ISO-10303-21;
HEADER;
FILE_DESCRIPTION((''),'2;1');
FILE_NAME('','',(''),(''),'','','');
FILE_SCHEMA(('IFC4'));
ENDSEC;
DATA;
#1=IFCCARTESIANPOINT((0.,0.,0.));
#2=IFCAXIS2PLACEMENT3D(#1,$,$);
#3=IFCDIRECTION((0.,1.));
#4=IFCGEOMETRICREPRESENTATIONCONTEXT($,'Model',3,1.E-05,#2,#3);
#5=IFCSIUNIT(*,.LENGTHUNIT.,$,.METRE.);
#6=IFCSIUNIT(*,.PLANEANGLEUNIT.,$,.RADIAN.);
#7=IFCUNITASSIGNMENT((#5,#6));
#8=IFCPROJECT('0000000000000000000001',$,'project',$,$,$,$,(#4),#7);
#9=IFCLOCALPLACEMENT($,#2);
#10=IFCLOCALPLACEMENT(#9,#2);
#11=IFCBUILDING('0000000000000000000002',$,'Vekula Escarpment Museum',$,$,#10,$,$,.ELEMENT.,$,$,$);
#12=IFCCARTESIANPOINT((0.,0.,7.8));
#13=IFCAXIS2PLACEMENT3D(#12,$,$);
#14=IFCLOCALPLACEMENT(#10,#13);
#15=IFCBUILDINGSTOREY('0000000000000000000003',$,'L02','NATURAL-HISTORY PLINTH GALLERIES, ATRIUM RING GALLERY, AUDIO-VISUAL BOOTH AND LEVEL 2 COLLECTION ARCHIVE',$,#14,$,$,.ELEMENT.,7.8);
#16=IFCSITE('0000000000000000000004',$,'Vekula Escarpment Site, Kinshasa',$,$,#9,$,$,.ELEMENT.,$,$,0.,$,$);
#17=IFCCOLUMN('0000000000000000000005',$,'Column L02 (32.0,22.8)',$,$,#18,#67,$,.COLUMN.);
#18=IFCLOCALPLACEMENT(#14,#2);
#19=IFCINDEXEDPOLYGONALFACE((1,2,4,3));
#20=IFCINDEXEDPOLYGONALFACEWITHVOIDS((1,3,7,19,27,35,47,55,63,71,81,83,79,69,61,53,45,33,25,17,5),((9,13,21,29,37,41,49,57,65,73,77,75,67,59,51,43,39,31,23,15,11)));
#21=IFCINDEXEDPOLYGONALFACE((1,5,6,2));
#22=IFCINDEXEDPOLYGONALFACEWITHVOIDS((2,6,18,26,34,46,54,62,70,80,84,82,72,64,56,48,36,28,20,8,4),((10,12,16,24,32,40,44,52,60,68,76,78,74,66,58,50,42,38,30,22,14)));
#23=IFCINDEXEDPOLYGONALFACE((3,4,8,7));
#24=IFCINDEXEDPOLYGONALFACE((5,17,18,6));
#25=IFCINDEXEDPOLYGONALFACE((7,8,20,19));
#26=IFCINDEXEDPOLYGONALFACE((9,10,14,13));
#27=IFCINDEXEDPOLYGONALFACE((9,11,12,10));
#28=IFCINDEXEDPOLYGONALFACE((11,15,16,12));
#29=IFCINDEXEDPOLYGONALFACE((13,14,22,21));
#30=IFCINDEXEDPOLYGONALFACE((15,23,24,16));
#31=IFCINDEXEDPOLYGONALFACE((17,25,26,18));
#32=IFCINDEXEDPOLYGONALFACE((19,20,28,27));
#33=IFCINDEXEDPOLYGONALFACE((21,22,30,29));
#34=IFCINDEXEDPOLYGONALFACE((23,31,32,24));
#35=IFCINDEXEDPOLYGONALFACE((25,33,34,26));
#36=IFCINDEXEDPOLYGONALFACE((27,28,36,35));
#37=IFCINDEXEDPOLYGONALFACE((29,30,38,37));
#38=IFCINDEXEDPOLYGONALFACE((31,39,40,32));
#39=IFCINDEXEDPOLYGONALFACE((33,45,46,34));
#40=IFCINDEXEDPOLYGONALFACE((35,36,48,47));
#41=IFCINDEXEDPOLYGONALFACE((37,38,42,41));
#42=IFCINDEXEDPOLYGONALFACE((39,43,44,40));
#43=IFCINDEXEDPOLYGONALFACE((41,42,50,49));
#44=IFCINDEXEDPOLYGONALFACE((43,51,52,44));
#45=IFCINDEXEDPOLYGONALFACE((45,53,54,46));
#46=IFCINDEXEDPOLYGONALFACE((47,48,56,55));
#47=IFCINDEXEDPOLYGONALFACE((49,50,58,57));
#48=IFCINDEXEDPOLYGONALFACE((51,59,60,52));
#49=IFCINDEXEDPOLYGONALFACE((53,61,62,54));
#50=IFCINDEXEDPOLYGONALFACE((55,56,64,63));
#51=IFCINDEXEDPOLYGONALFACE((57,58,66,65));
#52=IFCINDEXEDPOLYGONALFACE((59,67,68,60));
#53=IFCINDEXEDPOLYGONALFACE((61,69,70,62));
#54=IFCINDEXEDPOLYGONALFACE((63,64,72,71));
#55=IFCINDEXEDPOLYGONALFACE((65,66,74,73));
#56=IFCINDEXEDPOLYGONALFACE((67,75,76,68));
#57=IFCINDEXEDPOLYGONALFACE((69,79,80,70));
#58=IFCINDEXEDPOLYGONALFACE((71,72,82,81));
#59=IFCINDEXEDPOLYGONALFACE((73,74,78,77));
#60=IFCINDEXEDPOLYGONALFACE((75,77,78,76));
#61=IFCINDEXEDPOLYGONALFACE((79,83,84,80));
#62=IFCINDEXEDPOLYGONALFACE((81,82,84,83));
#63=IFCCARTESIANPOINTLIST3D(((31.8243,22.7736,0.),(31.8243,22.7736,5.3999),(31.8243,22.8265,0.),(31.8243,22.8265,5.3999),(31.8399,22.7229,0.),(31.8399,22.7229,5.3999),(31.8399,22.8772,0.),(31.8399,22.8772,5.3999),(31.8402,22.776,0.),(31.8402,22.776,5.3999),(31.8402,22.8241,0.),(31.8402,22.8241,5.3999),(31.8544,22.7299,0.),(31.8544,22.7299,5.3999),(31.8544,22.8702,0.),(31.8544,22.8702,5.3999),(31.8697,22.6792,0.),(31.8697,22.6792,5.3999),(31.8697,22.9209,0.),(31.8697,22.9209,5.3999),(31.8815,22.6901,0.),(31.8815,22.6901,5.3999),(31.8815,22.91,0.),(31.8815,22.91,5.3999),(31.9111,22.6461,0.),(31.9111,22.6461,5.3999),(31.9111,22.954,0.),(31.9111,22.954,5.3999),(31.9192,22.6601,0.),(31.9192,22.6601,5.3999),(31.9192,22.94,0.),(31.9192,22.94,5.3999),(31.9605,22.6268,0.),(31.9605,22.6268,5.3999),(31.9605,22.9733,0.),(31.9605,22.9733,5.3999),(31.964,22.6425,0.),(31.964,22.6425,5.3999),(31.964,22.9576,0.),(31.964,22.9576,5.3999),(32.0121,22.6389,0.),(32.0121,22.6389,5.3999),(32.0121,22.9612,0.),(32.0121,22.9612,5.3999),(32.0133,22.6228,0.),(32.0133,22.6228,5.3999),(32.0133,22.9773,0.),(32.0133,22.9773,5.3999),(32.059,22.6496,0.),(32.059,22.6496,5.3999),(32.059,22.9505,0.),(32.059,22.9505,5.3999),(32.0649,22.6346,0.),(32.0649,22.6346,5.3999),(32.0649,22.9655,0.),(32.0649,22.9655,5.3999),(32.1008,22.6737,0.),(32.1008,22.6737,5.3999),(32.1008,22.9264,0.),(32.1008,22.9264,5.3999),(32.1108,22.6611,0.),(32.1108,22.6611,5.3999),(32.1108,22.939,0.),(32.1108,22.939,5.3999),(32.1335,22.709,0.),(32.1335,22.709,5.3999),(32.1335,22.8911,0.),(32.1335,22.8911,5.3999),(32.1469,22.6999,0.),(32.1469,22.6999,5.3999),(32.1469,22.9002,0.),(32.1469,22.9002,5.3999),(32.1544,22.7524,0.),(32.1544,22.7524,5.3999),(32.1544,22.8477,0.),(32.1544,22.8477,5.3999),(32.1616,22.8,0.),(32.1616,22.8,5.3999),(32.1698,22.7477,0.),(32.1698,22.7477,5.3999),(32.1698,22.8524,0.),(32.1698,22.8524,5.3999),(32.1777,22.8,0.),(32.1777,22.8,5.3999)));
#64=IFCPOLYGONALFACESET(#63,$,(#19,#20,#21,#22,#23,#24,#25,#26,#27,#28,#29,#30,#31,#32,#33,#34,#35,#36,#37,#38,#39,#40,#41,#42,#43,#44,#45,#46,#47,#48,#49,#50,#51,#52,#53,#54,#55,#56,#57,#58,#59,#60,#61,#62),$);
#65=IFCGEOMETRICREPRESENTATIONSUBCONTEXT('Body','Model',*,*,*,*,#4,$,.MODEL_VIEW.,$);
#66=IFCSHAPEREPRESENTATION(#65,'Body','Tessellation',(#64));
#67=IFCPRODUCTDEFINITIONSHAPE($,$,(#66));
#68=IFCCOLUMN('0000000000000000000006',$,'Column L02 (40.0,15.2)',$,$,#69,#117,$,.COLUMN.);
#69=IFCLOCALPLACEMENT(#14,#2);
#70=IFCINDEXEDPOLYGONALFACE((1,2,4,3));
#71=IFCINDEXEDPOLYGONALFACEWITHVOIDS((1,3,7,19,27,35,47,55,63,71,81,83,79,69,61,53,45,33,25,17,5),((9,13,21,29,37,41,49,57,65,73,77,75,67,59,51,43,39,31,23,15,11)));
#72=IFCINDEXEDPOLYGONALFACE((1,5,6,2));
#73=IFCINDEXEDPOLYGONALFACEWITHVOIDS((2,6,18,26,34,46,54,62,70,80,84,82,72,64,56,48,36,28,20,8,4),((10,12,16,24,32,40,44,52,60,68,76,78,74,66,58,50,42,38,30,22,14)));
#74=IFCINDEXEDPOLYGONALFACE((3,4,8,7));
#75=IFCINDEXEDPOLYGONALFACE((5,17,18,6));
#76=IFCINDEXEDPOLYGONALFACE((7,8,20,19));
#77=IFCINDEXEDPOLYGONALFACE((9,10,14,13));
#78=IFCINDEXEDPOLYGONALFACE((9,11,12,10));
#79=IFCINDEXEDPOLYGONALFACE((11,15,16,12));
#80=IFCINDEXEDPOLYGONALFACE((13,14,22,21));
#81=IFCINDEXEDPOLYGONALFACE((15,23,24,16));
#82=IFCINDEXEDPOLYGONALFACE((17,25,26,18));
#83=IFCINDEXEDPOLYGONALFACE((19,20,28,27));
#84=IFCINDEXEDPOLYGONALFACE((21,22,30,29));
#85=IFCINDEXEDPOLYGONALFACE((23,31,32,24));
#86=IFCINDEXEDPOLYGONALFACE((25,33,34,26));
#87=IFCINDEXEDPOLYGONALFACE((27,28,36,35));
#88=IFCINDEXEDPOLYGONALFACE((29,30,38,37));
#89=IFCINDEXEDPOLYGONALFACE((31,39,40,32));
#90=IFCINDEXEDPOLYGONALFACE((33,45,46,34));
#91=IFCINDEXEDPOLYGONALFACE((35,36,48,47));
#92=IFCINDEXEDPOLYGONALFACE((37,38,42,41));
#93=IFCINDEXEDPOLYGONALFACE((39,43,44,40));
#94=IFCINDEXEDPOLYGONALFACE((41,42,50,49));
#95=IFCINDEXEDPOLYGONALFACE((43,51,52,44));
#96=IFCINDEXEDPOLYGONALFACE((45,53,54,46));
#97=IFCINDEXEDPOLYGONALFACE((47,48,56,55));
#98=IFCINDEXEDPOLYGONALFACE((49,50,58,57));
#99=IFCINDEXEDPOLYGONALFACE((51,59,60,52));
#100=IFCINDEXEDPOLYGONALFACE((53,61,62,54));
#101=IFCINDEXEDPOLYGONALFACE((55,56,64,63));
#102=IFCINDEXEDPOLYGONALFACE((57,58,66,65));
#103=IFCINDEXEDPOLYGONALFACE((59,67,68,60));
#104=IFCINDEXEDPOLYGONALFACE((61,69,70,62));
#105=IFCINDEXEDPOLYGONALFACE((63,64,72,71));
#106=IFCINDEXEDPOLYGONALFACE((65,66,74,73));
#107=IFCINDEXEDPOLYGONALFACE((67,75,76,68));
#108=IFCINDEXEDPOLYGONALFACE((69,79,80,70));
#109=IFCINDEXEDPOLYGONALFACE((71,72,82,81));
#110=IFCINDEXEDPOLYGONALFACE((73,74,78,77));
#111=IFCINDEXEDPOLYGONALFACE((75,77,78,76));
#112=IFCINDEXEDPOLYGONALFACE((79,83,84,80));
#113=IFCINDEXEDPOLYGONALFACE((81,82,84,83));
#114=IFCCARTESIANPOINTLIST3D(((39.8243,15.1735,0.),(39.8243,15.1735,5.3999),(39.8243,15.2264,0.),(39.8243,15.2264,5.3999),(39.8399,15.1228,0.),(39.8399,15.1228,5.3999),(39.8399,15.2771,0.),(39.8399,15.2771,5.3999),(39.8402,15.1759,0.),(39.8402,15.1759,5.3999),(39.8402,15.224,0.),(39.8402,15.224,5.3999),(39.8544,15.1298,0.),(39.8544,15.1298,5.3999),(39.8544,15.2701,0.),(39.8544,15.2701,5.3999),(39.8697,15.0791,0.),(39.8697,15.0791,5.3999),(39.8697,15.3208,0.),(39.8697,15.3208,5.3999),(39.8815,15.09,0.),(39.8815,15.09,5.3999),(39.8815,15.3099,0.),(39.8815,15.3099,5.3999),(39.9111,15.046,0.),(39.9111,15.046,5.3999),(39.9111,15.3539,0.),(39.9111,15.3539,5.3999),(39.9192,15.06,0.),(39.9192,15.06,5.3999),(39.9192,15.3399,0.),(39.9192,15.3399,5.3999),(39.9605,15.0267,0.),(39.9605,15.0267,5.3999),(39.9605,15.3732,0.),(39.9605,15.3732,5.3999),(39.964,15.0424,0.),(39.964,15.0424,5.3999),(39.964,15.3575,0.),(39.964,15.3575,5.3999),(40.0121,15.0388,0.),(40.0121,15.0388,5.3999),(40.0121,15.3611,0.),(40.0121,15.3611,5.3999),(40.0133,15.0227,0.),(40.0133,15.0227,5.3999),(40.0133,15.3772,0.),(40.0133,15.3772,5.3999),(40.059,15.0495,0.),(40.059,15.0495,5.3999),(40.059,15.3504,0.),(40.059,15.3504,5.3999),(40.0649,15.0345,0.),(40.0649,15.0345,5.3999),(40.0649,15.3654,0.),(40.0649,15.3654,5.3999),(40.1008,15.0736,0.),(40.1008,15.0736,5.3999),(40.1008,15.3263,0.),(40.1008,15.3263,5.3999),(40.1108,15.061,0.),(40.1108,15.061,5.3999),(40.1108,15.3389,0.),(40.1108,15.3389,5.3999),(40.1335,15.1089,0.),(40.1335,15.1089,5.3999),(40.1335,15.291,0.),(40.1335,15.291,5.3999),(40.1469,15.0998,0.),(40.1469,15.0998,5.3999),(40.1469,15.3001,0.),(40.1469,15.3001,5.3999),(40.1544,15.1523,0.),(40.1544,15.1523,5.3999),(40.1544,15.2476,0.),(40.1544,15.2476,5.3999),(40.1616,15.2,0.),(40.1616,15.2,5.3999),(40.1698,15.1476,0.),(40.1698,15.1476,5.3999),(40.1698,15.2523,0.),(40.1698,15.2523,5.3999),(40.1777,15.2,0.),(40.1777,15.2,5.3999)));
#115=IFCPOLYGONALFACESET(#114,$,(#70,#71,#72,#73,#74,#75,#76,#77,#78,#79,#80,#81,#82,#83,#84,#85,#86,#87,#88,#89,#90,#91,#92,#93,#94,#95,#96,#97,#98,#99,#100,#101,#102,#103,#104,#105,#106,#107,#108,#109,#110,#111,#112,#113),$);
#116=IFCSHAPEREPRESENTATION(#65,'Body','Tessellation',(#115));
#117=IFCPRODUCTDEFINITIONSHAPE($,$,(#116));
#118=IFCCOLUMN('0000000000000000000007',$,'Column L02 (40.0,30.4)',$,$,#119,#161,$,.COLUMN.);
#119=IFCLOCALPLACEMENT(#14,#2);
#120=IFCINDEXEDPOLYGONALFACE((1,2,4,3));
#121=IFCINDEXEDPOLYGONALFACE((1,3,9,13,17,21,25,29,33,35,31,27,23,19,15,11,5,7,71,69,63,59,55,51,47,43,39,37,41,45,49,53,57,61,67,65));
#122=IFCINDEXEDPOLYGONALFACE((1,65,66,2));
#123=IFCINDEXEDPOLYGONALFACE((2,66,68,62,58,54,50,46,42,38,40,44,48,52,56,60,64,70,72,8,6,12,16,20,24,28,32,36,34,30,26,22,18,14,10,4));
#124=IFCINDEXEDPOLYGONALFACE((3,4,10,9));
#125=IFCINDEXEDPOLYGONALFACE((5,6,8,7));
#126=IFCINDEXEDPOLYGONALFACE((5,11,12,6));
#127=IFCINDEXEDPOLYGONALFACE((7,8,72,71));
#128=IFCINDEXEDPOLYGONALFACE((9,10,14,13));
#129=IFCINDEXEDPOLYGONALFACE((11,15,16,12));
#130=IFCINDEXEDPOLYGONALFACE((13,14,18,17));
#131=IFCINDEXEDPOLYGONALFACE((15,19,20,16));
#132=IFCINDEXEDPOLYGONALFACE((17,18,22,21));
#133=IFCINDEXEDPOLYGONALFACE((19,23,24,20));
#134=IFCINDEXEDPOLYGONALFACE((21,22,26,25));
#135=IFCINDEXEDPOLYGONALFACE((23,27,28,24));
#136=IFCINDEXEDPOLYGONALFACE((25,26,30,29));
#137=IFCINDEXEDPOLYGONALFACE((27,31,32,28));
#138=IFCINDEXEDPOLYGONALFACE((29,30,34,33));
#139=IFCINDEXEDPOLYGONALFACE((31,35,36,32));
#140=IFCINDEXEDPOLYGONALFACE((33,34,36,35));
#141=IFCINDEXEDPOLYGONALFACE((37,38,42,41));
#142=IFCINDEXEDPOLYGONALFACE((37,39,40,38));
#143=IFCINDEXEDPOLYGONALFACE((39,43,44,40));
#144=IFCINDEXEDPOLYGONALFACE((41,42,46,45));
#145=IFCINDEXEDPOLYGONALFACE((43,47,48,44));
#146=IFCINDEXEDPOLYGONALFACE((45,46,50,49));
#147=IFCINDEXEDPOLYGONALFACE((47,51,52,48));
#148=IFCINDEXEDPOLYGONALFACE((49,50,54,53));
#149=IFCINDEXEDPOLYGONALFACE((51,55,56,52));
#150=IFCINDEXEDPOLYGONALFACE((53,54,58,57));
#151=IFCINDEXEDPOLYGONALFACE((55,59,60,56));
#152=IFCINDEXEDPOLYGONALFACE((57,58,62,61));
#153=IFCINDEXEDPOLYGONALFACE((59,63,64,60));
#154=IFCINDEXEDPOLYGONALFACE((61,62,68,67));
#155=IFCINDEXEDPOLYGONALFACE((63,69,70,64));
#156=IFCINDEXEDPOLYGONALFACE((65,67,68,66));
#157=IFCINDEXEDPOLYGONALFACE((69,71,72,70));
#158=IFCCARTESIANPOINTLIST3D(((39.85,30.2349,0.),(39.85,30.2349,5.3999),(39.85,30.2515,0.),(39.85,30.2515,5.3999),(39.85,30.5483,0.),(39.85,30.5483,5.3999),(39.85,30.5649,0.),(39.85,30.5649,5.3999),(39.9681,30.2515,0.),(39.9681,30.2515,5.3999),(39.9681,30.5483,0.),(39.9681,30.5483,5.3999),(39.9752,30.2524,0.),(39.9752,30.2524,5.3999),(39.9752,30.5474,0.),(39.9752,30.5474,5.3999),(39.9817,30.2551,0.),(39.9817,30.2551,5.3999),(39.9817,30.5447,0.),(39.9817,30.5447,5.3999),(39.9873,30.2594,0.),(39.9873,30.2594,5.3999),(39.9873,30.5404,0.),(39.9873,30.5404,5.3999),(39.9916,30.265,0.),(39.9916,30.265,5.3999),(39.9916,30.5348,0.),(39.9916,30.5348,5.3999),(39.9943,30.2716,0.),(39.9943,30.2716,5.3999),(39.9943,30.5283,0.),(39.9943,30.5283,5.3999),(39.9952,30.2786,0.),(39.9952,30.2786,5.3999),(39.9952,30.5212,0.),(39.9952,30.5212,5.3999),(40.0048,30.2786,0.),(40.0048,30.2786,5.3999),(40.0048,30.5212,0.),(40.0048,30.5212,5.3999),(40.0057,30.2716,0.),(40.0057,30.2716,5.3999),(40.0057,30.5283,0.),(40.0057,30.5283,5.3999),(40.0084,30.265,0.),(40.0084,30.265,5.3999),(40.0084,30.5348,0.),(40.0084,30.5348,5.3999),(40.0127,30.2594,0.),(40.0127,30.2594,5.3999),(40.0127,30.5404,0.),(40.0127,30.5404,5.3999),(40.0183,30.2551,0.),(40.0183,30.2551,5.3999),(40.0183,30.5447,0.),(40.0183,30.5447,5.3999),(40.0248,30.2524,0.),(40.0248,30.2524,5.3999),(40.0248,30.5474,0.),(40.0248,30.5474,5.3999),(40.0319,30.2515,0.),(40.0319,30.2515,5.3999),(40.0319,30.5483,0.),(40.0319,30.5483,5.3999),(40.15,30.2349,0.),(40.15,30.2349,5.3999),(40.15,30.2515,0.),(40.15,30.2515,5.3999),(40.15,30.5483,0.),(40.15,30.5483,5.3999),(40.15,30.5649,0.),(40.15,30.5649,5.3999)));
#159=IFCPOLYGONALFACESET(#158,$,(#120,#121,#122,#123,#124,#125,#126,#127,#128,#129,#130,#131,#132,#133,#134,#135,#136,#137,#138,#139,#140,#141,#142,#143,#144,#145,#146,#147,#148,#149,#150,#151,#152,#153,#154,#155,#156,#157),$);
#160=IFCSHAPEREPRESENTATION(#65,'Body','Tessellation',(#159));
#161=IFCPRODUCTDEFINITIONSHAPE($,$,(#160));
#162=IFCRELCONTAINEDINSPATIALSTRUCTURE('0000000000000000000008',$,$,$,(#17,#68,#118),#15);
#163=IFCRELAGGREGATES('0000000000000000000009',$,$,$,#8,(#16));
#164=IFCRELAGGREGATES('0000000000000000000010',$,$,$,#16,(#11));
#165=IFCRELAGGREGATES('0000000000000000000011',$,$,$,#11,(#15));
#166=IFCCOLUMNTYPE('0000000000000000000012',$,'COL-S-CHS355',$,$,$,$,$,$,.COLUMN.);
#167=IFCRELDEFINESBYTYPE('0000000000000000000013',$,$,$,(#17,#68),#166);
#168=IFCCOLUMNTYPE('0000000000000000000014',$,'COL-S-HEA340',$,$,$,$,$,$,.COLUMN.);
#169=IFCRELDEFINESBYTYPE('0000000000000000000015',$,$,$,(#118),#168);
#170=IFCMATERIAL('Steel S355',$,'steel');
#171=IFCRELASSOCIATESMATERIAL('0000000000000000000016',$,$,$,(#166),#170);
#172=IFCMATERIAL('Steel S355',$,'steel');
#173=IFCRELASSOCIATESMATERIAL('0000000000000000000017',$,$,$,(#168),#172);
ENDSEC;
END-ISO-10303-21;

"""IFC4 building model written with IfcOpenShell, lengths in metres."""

from ifc_helpers import new_model, si_unit, direction, frame, origin, origin_2d, place, context, subcontext, project, spatial, hollow_circle, i_section, extrude, material, material_profile, profile_set, type_object, element, save


model = new_model("IFC4")

# Units and contexts
model_context = context("Model", 3, precision=1e-05, world=origin(), true_north=direction((0.0, 1.0)))
body_context = subcontext(model_context, "Body", "Model", "MODEL_VIEW")
ifc_project = project(units=[si_unit("LENGTHUNIT", "METRE"), si_unit("PLANEANGLEUNIT", "RADIAN")], contexts=[model_context])

# Site, building, storey
site_placement = place(None, origin())
site = spatial("IfcSite", under=ifc_project, at=site_placement, Name="Vekula Escarpment Site, Kinshasa", CompositionType="ELEMENT", RefElevation=0.0)
building_placement = place(site_placement, origin())
building = spatial("IfcBuilding", under=site, at=building_placement, Name="Vekula Escarpment Museum", CompositionType="ELEMENT")
storey_placement = place(building_placement, frame((0.0, 0.0, 7.8)))
storey = spatial("IfcBuildingStorey", under=building, at=storey_placement, Name="L02", Description="NATURAL-HISTORY PLINTH GALLERIES, ATRIUM RING GALLERY, AUDIO-VISUAL BOOTH AND LEVEL 2 COLLECTION ARCHIVE", CompositionType="ELEMENT", Elevation=7.8)

# Columns
ifc_material_1 = material(Name="Steel S355", Category="steel")
ifc_material_profile_1 = material_profile(ifc_material_1, hollow_circle(Radius=0.1777, WallThickness=0.0161, at=origin_2d()), Name="CHS 355.6x16")
ifc_profile_set_1 = profile_set([ifc_material_profile_1], Name="Steel S355")
column_type_1 = type_object("IfcColumnType", Name="COL-S-CHS355", PredefinedType="COLUMN", material=ifc_profile_set_1)
for number, where, z_axis, x_axis, name in (
    (1, (32.0, 22.8, 0.0), (0.0, 0.0, 1.0), (1.0, 0.0, 0.0), "Column L02 (32.0,22.8)"),
    (2, (40.0, 15.2, 0.0), (0.0, 0.0, 1.0), (1.0, 0.0, 0.0), "Column L02 (40.0,15.2)"),
):
    element("IfcColumn", number, at=place(storey_placement, frame(where, z_axis=z_axis, x_axis=x_axis)), inside=storey, type_object=column_type_1, Name=name, PredefinedType="COLUMN", context=body_context, shape_type="SweptSolid", body=[
        extrude(hollow_circle(Radius=0.1777, WallThickness=0.0161, at=origin_2d()), origin(), (0.0, 0.0, 1.0), 5.3999),
    ])
ifc_material_2 = material(Name="Steel S355", Category="steel")
ifc_material_profile_2 = material_profile(ifc_material_2, i_section(OverallWidth=0.3, OverallDepth=0.3301, WebThickness=0.0095, FlangeThickness=0.0166, FilletRadius=0.0271, at=origin_2d()), Name="HEA 340")
ifc_profile_set_2 = profile_set([ifc_material_profile_2], Name="Steel S355")
column_type_2 = type_object("IfcColumnType", Name="COL-S-HEA340", PredefinedType="COLUMN", material=ifc_profile_set_2)
column_1_placement = place(storey_placement, frame((40.0, 30.3999, 0.0), z_axis=(0.0, 0.0, 1.0), x_axis=(1.0, 0.0, 0.0)))
element("IfcColumn", 3, at=column_1_placement, inside=storey, type_object=column_type_2, Name="Column L02 (40.0,30.4)", PredefinedType="COLUMN", context=body_context, shape_type="SweptSolid", body=[
    extrude(i_section(OverallWidth=0.3, OverallDepth=0.3301, WebThickness=0.0095, FlangeThickness=0.0166, FilletRadius=0.0271, at=origin_2d()), origin(), (0.0, 0.0, 1.0), 5.3999),
])

save(model, "model.ifc")
